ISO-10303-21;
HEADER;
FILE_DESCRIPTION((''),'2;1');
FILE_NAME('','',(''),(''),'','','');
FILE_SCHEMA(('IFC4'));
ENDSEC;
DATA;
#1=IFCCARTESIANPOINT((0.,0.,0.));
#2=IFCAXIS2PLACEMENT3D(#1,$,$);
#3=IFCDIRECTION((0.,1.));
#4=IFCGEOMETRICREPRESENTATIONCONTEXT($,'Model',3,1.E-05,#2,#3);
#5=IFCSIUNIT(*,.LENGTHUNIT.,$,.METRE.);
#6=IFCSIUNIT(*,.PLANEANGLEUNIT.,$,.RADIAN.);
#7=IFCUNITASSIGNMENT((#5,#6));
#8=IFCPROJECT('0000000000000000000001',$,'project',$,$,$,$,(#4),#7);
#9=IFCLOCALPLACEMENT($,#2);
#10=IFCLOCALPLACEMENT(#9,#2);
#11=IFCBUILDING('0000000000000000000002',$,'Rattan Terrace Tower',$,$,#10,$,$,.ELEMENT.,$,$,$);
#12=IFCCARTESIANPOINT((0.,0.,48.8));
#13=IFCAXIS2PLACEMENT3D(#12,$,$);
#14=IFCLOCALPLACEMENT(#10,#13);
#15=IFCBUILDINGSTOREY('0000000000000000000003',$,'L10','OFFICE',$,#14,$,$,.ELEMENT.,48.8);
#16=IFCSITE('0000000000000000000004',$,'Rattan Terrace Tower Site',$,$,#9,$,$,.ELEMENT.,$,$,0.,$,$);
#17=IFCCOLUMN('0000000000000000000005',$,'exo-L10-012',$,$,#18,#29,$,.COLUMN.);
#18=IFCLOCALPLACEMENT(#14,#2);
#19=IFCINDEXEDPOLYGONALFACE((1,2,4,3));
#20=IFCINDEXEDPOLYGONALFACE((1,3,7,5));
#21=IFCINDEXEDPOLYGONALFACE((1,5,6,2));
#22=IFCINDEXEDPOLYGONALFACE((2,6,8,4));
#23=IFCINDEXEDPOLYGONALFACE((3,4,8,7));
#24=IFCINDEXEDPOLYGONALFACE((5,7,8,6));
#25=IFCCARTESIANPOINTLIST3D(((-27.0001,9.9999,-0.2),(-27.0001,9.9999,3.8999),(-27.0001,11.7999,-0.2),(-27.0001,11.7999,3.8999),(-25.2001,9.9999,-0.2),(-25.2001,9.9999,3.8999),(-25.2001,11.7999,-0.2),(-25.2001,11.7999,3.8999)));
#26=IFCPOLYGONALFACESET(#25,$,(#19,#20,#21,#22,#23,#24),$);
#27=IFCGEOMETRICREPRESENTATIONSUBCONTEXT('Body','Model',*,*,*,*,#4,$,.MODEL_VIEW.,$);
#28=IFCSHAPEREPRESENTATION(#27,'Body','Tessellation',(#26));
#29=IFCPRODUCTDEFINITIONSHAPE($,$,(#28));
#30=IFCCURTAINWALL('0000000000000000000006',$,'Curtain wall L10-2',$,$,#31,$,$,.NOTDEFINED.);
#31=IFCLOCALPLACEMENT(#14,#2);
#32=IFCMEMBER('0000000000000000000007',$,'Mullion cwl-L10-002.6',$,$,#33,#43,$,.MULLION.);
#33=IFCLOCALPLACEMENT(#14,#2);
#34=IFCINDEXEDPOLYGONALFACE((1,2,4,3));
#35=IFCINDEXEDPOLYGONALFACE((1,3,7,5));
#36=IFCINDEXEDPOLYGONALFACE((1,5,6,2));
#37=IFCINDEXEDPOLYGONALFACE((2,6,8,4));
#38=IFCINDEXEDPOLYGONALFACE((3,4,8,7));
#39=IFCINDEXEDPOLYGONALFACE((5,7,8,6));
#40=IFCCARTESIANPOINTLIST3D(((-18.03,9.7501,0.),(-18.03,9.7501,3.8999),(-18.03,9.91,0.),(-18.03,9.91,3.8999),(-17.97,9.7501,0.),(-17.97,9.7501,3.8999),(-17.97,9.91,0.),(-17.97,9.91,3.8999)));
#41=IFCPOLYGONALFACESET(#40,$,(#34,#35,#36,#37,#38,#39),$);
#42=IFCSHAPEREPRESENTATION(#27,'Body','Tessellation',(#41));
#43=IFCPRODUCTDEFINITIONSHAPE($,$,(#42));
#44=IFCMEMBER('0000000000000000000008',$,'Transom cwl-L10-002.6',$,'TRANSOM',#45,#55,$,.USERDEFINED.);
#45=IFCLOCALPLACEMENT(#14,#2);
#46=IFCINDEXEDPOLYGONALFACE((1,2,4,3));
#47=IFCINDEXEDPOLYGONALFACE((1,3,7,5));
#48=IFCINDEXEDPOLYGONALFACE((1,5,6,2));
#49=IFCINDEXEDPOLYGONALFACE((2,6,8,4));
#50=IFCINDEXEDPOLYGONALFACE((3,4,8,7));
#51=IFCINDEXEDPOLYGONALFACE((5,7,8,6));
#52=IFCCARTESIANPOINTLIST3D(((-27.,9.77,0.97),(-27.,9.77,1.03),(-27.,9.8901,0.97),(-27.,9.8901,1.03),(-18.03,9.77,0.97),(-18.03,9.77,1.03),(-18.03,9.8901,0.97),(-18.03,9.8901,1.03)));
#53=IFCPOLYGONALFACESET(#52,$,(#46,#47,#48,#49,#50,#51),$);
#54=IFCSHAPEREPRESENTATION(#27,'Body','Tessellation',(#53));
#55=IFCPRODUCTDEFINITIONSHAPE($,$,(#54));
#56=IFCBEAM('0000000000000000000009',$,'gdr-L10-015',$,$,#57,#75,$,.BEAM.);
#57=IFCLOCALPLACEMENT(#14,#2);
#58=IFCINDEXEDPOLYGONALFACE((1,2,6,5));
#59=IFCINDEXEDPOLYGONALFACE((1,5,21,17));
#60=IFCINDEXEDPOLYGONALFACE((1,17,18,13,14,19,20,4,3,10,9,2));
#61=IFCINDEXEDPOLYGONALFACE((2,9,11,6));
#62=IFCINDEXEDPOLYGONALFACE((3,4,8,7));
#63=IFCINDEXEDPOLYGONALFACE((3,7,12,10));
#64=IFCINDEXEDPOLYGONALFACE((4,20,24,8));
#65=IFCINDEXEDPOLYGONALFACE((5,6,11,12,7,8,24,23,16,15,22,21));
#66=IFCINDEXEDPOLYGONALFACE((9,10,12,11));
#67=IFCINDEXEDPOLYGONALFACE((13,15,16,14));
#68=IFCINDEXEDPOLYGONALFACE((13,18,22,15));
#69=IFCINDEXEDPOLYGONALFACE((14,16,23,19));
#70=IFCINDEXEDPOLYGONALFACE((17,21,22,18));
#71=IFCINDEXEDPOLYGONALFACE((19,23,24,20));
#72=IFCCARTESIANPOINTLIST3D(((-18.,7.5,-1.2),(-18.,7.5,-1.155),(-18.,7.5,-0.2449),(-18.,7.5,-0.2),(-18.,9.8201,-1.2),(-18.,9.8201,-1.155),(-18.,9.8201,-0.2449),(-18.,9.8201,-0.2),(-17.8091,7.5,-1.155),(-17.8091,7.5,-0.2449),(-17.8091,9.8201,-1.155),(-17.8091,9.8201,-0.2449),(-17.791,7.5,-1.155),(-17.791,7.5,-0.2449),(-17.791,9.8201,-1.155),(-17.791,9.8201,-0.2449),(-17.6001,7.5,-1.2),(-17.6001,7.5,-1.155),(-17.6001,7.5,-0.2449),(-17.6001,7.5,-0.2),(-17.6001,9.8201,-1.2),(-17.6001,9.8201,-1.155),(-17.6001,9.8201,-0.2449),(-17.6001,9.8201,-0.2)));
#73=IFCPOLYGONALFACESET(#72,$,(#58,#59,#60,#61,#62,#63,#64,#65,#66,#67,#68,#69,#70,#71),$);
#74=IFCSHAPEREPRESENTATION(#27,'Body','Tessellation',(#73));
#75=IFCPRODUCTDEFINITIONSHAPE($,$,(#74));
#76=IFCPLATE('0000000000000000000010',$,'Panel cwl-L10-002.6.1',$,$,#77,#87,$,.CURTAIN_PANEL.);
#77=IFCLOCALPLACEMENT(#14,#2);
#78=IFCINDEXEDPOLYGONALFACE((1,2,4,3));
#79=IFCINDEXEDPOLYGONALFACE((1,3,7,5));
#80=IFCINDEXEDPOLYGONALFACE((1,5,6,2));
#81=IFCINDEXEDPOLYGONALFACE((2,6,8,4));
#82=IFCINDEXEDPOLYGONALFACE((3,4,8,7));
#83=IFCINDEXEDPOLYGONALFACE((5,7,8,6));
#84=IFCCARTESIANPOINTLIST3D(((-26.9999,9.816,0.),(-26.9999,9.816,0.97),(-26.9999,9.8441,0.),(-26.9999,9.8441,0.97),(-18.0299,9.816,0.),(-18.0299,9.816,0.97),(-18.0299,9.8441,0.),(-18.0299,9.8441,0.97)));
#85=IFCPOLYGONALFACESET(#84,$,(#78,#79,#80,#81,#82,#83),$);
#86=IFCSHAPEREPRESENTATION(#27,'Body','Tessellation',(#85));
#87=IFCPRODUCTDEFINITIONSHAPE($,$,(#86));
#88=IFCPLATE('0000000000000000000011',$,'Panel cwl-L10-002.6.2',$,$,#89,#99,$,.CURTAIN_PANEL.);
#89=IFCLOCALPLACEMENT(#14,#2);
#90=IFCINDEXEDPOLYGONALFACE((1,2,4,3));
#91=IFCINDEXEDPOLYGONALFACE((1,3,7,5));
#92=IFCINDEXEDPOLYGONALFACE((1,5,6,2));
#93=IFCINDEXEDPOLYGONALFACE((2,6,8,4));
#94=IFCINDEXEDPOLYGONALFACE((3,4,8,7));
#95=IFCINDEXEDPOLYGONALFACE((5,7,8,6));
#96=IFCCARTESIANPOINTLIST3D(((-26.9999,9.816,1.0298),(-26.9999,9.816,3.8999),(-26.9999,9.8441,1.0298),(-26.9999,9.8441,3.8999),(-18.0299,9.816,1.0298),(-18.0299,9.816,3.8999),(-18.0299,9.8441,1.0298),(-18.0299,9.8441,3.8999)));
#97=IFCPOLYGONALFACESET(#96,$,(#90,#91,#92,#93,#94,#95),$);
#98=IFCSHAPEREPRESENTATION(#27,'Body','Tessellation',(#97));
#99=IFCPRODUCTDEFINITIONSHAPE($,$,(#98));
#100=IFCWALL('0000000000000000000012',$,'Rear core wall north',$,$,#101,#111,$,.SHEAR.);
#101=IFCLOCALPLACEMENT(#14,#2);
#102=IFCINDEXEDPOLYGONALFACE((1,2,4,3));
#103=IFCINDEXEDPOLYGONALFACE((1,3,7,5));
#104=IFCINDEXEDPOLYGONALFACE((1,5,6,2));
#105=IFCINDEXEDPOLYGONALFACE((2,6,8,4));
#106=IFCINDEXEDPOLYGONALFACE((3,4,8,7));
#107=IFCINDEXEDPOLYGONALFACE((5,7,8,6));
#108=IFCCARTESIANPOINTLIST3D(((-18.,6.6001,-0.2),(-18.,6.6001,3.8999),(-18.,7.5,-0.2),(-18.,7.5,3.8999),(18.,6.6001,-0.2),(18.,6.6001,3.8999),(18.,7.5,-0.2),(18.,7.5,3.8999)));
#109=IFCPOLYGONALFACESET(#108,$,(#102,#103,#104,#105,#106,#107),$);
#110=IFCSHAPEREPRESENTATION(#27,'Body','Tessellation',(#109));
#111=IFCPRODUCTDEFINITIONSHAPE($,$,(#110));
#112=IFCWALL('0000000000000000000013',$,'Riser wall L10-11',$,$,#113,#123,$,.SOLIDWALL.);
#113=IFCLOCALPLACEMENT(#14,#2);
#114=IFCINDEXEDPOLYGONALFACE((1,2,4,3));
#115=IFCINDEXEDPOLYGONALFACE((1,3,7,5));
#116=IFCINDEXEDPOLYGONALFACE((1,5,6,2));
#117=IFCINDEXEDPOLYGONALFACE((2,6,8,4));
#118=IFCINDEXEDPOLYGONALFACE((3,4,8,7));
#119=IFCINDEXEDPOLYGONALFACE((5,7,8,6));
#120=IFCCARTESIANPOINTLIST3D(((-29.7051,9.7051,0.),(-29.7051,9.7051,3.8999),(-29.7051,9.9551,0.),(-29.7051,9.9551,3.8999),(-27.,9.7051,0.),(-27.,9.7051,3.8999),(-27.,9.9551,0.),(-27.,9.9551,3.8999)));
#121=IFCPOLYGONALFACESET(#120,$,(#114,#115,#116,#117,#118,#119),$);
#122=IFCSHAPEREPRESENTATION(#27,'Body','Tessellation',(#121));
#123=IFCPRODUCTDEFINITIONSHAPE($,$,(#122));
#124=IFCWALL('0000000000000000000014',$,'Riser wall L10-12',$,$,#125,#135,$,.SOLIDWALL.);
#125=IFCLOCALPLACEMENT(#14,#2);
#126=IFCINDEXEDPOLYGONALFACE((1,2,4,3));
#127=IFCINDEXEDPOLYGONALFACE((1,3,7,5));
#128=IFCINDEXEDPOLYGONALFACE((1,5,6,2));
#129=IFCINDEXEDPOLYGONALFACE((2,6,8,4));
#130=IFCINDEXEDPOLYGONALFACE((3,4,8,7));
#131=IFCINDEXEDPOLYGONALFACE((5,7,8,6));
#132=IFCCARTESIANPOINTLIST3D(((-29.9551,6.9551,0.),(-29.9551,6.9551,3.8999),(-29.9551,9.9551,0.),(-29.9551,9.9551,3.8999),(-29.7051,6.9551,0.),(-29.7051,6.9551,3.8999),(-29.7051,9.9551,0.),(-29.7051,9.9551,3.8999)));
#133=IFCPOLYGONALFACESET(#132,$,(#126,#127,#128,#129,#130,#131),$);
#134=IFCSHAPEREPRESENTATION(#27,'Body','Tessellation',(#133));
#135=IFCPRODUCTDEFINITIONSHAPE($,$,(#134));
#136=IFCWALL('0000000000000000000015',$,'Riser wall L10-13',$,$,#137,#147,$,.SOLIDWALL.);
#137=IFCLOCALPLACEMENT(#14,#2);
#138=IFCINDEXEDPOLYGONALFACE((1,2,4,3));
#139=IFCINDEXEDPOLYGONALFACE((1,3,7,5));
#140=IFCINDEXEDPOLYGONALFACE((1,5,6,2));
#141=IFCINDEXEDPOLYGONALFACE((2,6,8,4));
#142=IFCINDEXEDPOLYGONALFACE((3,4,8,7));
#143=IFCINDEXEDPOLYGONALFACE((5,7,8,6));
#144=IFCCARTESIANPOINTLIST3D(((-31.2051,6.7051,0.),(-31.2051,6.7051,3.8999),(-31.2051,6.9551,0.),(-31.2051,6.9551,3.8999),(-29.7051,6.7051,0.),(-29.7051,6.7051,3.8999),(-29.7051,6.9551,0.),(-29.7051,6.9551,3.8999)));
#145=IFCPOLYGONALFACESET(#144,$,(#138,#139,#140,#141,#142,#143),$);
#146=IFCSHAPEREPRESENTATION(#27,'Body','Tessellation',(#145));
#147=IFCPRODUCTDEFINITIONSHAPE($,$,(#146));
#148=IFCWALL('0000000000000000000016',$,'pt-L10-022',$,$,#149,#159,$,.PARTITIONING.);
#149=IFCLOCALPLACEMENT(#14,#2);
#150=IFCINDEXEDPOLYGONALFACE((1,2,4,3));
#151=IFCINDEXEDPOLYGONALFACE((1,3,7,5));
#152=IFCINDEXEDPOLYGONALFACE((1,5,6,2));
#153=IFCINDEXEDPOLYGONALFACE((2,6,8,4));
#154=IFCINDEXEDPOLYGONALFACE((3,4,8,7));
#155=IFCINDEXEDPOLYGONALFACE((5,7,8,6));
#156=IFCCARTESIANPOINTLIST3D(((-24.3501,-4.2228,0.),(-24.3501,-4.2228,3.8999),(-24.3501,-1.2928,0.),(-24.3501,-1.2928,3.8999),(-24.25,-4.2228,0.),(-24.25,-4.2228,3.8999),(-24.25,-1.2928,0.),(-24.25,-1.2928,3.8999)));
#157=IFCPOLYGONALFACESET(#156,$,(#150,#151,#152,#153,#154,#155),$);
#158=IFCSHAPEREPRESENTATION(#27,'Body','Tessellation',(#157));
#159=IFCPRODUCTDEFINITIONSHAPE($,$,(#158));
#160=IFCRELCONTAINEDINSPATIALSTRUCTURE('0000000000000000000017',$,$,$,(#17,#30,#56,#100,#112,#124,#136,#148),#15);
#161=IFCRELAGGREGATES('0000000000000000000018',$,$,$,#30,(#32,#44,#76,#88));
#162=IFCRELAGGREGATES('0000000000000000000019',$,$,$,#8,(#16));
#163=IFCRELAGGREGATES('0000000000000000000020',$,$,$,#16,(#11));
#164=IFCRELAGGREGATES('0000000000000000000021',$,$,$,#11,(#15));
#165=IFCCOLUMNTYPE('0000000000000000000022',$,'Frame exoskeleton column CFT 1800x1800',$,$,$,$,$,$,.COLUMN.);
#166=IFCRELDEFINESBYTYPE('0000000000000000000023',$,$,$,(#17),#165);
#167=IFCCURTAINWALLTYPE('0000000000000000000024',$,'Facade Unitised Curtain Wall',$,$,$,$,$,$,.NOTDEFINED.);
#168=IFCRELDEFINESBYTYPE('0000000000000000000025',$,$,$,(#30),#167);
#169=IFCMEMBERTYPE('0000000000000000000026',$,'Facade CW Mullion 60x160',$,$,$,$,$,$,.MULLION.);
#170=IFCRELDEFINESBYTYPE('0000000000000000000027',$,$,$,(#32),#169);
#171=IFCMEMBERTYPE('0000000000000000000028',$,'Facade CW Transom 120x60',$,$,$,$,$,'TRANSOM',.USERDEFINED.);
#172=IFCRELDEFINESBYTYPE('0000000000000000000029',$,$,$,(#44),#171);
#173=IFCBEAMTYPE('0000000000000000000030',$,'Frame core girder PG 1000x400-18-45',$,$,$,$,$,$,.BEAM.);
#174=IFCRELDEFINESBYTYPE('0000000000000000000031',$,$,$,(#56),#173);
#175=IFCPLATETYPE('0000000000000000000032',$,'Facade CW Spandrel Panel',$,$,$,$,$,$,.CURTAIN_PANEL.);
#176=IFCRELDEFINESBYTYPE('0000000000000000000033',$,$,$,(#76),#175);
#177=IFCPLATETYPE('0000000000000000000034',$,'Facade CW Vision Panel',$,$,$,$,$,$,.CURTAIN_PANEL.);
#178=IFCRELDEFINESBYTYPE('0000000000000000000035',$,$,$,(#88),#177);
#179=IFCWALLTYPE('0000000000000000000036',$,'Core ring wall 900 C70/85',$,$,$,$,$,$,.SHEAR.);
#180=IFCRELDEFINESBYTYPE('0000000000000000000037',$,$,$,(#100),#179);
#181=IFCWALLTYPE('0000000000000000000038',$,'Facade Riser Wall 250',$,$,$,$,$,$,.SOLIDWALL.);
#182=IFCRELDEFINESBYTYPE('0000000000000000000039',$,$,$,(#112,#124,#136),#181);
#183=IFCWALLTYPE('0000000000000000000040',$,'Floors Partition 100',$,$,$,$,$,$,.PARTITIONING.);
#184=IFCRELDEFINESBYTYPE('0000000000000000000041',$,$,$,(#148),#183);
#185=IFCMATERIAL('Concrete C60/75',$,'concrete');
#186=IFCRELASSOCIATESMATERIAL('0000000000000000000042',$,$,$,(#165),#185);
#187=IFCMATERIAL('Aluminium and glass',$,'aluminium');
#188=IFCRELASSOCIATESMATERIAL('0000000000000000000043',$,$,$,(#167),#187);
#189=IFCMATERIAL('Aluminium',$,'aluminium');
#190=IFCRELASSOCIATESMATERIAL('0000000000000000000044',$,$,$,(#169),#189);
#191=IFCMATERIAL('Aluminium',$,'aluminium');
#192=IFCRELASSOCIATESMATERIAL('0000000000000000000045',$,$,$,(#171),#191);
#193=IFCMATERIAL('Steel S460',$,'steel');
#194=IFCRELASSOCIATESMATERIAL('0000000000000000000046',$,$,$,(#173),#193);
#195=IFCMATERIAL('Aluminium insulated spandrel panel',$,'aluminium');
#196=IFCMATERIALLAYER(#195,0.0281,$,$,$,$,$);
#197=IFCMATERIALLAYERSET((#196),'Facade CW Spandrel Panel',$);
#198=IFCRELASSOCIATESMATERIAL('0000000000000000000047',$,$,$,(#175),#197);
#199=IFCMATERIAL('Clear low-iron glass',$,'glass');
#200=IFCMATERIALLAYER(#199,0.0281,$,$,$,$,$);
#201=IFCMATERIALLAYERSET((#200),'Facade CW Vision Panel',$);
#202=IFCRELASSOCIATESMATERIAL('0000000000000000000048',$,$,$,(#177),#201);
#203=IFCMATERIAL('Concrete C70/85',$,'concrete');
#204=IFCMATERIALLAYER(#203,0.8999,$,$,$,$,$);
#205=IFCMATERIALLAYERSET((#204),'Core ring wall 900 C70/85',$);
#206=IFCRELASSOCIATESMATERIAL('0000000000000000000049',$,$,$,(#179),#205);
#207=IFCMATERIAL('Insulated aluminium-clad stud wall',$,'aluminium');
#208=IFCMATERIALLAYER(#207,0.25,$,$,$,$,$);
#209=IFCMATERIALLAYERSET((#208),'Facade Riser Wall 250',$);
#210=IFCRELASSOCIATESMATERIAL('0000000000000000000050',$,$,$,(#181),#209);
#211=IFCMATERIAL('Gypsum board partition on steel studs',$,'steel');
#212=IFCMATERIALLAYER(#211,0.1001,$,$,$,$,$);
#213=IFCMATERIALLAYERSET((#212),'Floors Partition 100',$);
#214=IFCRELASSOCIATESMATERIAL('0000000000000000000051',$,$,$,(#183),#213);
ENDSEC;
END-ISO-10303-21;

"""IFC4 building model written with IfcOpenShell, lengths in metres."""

from ifc_helpers import new_model, si_unit, direction, frame, frame_2d, origin, origin_2d, place, context, subcontext, project, spatial, rectangle, i_section, extrude, material, layer, layer_set, material_profile, profile_set, type_object, element, aggregate, save


model = new_model("IFC4")

# Units and contexts
model_context = context("Model", 3, precision=1e-05, world=origin(), true_north=direction((0.0, 1.0)))
body_context = subcontext(model_context, "Body", "Model", "MODEL_VIEW")
ifc_project = project(units=[si_unit("LENGTHUNIT", "METRE"), si_unit("PLANEANGLEUNIT", "RADIAN")], contexts=[model_context])

# Site, building, storey
site_placement = place(None, origin())
site = spatial("IfcSite", under=ifc_project, at=site_placement, Name="Rattan Terrace Tower Site", CompositionType="ELEMENT", RefElevation=0.0)
building_placement = place(site_placement, origin())
building = spatial("IfcBuilding", under=site, at=building_placement, Name="Rattan Terrace Tower", CompositionType="ELEMENT")
storey_placement = place(building_placement, frame((0.0, 0.0, 48.8)))
storey = spatial("IfcBuildingStorey", under=building, at=storey_placement, Name="L10", Description="OFFICE", CompositionType="ELEMENT", Elevation=48.8)

# Column
ifc_material_1 = material(Name="Concrete C60/75", Category="concrete")
ifc_material_profile_1 = material_profile(ifc_material_1, rectangle(XDim=1.8, YDim=1.8, at=origin_2d()), Name="CFT 1800x1800")
ifc_profile_set_1 = profile_set([ifc_material_profile_1], Name="Concrete C60/75")
column_type = type_object("IfcColumnType", Name="Frame exoskeleton column CFT 1800x1800", PredefinedType="COLUMN", material=ifc_profile_set_1)
column_placement = place(storey_placement, frame((-26.1001, 10.8999, -0.2), z_axis=(0.0, 0.0, 1.0), x_axis=(1.0, 0.0, 0.0)))
element("IfcColumn", 1, at=column_placement, inside=storey, type_object=column_type, Name="exo-L10-012", PredefinedType="COLUMN", context=body_context, shape_type="SweptSolid", body=[
    extrude(rectangle(XDim=1.8, YDim=1.8, at=origin_2d()), origin(), (0.0, 0.0, 1.0), 4.0999),
])

# Curtain wall, members
ifc_material_2 = material(Name="Aluminium and glass", Category="aluminium")
curtain_wall_type = type_object("IfcCurtainWallType", Name="Facade Unitised Curtain Wall", PredefinedType="NOTDEFINED", material=ifc_material_2)
curtain_wall_placement = place(storey_placement, origin())
curtain_wall = element("IfcCurtainWall", 2, at=curtain_wall_placement, inside=storey, type_object=curtain_wall_type, Name="Curtain wall L10-2", PredefinedType="NOTDEFINED")
ifc_material_3 = material(Name="Aluminium", Category="aluminium")
ifc_material_profile_2 = material_profile(ifc_material_3, rectangle(XDim=0.0601, YDim=0.1599, at=origin_2d()), Name="Aluminium 60x160")
ifc_profile_set_2 = profile_set([ifc_material_profile_2], Name="Aluminium")
member_type_1 = type_object("IfcMemberType", Name="Facade CW Mullion 60x160", PredefinedType="MULLION", material=ifc_profile_set_2)
member_1_placement = place(storey_placement, frame((-18.0, 9.8301, 0.0), z_axis=(0.0, 0.0, 1.0), x_axis=(-1.0, 0.0, 0.0)))
member_1 = element("IfcMember", 3, at=member_1_placement, type_object=member_type_1, Name="Mullion cwl-L10-002.6", PredefinedType="MULLION", context=body_context, shape_type="SweptSolid", body=[
    extrude(rectangle(XDim=0.0601, YDim=0.1599, at=origin_2d()), origin(), (0.0, 0.0, 1.0), 3.8999),
])
ifc_material_4 = material(Name="Aluminium", Category="aluminium")
ifc_material_profile_3 = material_profile(ifc_material_4, rectangle(XDim=0.1201, YDim=0.0601, at=origin_2d()), Name="Aluminium 120x60")
ifc_profile_set_3 = profile_set([ifc_material_profile_3], Name="Aluminium")
member_type_2 = type_object("IfcMemberType", Name="Facade CW Transom 120x60", ElementType="TRANSOM", PredefinedType="USERDEFINED", material=ifc_profile_set_3)
member_2_placement = place(storey_placement, frame((-18.03, 9.8301, 1.0), z_axis=(-1.0, 0.0, 0.0), x_axis=(0.0, -1.0, 0.0)))
member_2 = element("IfcMember", 4, at=member_2_placement, type_object=member_type_2, Name="Transom cwl-L10-002.6", ObjectType="TRANSOM", PredefinedType="USERDEFINED", context=body_context, shape_type="SweptSolid", body=[
    extrude(rectangle(XDim=0.1201, YDim=0.0601, at=origin_2d()), origin(), (0.0, 0.0, 1.0), 8.97),
])

# Beam
ifc_material_5 = material(Name="Steel S460", Category="steel")
ifc_material_profile_4 = material_profile(ifc_material_5, i_section(OverallWidth=0.3999, OverallDepth=1.0, WebThickness=0.0181, FlangeThickness=0.0449, at=origin_2d()), Name="PG 1000x400-18-45")
ifc_profile_set_4 = profile_set([ifc_material_profile_4], Name="Steel S460")
beam_type = type_object("IfcBeamType", Name="Frame core girder PG 1000x400-18-45", PredefinedType="BEAM", material=ifc_profile_set_4)
beam_placement = place(storey_placement, frame((-17.8, 7.5, -0.7), z_axis=(0.0, 1.0, 0.0), x_axis=(-1.0, 0.0, 0.0)))
element("IfcBeam", 5, at=beam_placement, inside=storey, type_object=beam_type, Name="gdr-L10-015", PredefinedType="BEAM", context=body_context, shape_type="SweptSolid", body=[
    extrude(i_section(OverallWidth=0.3999, OverallDepth=1.0, WebThickness=0.0181, FlangeThickness=0.0449, at=origin_2d()), origin(), (0.0, 0.0, 1.0), 2.3201),
])

# Plates
ifc_material_6 = material(Name="Aluminium insulated spandrel panel", Category="aluminium")
ifc_layer_1 = layer(ifc_material_6, 0.0281)
ifc_layer_set_1 = layer_set([ifc_layer_1], Name="Facade CW Spandrel Panel")
plate_type_1 = type_object("IfcPlateType", Name="Facade CW Spandrel Panel", PredefinedType="CURTAIN_PANEL", material=ifc_layer_set_1)
plate_1_placement = place(storey_placement, frame((-22.5149, 9.8301, 0.0), z_axis=(0.0, 0.0, 1.0), x_axis=(-1.0, 0.0, 0.0)))
plate_1 = element("IfcPlate", 6, at=plate_1_placement, type_object=plate_type_1, Name="Panel cwl-L10-002.6.1", PredefinedType="CURTAIN_PANEL", context=body_context, shape_type="SweptSolid", body=[
    extrude(rectangle(XDim=8.97, YDim=0.0281, at=origin_2d()), origin(), (0.0, 0.0, 1.0), 0.97),
])
ifc_material_7 = material(Name="Clear low-iron glass", Category="glass")
ifc_layer_2 = layer(ifc_material_7, 0.0281)
ifc_layer_set_2 = layer_set([ifc_layer_2], Name="Facade CW Vision Panel")
plate_type_2 = type_object("IfcPlateType", Name="Facade CW Vision Panel", PredefinedType="CURTAIN_PANEL", material=ifc_layer_set_2)
plate_2_placement = place(storey_placement, frame((-22.5149, 9.8301, 1.0298), z_axis=(0.0, 0.0, 1.0), x_axis=(-1.0, 0.0, 0.0)))
plate_2 = element("IfcPlate", 7, at=plate_2_placement, type_object=plate_type_2, Name="Panel cwl-L10-002.6.2", PredefinedType="CURTAIN_PANEL", context=body_context, shape_type="SweptSolid", body=[
    extrude(rectangle(XDim=8.97, YDim=0.0281, at=origin_2d()), origin(), (0.0, 0.0, 1.0), 2.8701),
])
aggregate(curtain_wall, [member_1, member_2, plate_1, plate_2])

# Walls
ifc_material_8 = material(Name="Concrete C70/85", Category="concrete")
ifc_layer_3 = layer(ifc_material_8, 0.8999)
ifc_layer_set_3 = layer_set([ifc_layer_3], Name="Core ring wall 900 C70/85")
wall_type_1 = type_object("IfcWallType", Name="Core ring wall 900 C70/85", PredefinedType="SHEAR", material=ifc_layer_set_3)
wall_1_placement = place(storey_placement, frame((-18.0, 7.05, -0.2), z_axis=(0.0, 0.0, 1.0), x_axis=(1.0, 0.0, 0.0)))
element("IfcWall", 8, at=wall_1_placement, inside=storey, type_object=wall_type_1, Name="Rear core wall north", PredefinedType="SHEAR", context=body_context, shape_type="SweptSolid", body=[
    extrude(rectangle(XDim=36.0, YDim=0.8999, at=frame_2d((18.0, 0.0))), origin(), (0.0, 0.0, 1.0), 4.0999),
])
ifc_material_9 = material(Name="Insulated aluminium-clad stud wall", Category="aluminium")
ifc_layer_4 = layer(ifc_material_9, 0.25)
ifc_layer_set_4 = layer_set([ifc_layer_4], Name="Facade Riser Wall 250")
wall_type_2 = type_object("IfcWallType", Name="Facade Riser Wall 250", PredefinedType="SOLIDWALL", material=ifc_layer_set_4)
wall_2_placement = place(storey_placement, frame((-27.0, 9.8301, 0.0), z_axis=(0.0, 0.0, 1.0), x_axis=(-1.0, 0.0, 0.0)))
element("IfcWall", 9, at=wall_2_placement, inside=storey, type_object=wall_type_2, Name="Riser wall L10-11", PredefinedType="SOLIDWALL", context=body_context, shape_type="SweptSolid", body=[
    extrude(rectangle(XDim=2.7051, YDim=0.25, at=frame_2d((1.3525, 0.0))), origin(), (0.0, 0.0, 1.0), 3.8999),
])
wall_3_placement = place(storey_placement, frame((-29.8301, 9.9551, 0.0), z_axis=(0.0, 0.0, 1.0), x_axis=(0.0, -1.0, 0.0)))
element("IfcWall", 10, at=wall_3_placement, inside=storey, type_object=wall_type_2, Name="Riser wall L10-12", PredefinedType="SOLIDWALL", context=body_context, shape_type="SweptSolid", body=[
    extrude(rectangle(XDim=3.0, YDim=0.25, at=frame_2d((1.5, 0.0))), origin(), (0.0, 0.0, 1.0), 3.8999),
])
wall_4_placement = place(storey_placement, frame((-29.7051, 6.8301, 0.0), z_axis=(0.0, 0.0, 1.0), x_axis=(-1.0, 0.0, 0.0)))
element("IfcWall", 11, at=wall_4_placement, inside=storey, type_object=wall_type_2, Name="Riser wall L10-13", PredefinedType="SOLIDWALL", context=body_context, shape_type="SweptSolid", body=[
    extrude(rectangle(XDim=1.5, YDim=0.25, at=frame_2d((0.75, 0.0))), origin(), (0.0, 0.0, 1.0), 3.8999),
])
ifc_material_10 = material(Name="Gypsum board partition on steel studs", Category="steel")
ifc_layer_5 = layer(ifc_material_10, 0.1001)
ifc_layer_set_5 = layer_set([ifc_layer_5], Name="Floors Partition 100")
wall_type_3 = type_object("IfcWallType", Name="Floors Partition 100", PredefinedType="PARTITIONING", material=ifc_layer_set_5)
wall_5_placement = place(storey_placement, frame((-24.3, -1.293, 0.0), z_axis=(0.0, 0.0, 1.0), x_axis=(0.0, -1.0, 0.0)))
element("IfcWall", 12, at=wall_5_placement, inside=storey, type_object=wall_type_3, Name="pt-L10-022", PredefinedType="PARTITIONING", context=body_context, shape_type="SweptSolid", body=[
    extrude(rectangle(XDim=2.9299, YDim=0.1001, at=frame_2d((1.4648, 0.0))), origin(), (0.0, 0.0, 1.0), 3.8999),
])

save(model, "model.ifc")
